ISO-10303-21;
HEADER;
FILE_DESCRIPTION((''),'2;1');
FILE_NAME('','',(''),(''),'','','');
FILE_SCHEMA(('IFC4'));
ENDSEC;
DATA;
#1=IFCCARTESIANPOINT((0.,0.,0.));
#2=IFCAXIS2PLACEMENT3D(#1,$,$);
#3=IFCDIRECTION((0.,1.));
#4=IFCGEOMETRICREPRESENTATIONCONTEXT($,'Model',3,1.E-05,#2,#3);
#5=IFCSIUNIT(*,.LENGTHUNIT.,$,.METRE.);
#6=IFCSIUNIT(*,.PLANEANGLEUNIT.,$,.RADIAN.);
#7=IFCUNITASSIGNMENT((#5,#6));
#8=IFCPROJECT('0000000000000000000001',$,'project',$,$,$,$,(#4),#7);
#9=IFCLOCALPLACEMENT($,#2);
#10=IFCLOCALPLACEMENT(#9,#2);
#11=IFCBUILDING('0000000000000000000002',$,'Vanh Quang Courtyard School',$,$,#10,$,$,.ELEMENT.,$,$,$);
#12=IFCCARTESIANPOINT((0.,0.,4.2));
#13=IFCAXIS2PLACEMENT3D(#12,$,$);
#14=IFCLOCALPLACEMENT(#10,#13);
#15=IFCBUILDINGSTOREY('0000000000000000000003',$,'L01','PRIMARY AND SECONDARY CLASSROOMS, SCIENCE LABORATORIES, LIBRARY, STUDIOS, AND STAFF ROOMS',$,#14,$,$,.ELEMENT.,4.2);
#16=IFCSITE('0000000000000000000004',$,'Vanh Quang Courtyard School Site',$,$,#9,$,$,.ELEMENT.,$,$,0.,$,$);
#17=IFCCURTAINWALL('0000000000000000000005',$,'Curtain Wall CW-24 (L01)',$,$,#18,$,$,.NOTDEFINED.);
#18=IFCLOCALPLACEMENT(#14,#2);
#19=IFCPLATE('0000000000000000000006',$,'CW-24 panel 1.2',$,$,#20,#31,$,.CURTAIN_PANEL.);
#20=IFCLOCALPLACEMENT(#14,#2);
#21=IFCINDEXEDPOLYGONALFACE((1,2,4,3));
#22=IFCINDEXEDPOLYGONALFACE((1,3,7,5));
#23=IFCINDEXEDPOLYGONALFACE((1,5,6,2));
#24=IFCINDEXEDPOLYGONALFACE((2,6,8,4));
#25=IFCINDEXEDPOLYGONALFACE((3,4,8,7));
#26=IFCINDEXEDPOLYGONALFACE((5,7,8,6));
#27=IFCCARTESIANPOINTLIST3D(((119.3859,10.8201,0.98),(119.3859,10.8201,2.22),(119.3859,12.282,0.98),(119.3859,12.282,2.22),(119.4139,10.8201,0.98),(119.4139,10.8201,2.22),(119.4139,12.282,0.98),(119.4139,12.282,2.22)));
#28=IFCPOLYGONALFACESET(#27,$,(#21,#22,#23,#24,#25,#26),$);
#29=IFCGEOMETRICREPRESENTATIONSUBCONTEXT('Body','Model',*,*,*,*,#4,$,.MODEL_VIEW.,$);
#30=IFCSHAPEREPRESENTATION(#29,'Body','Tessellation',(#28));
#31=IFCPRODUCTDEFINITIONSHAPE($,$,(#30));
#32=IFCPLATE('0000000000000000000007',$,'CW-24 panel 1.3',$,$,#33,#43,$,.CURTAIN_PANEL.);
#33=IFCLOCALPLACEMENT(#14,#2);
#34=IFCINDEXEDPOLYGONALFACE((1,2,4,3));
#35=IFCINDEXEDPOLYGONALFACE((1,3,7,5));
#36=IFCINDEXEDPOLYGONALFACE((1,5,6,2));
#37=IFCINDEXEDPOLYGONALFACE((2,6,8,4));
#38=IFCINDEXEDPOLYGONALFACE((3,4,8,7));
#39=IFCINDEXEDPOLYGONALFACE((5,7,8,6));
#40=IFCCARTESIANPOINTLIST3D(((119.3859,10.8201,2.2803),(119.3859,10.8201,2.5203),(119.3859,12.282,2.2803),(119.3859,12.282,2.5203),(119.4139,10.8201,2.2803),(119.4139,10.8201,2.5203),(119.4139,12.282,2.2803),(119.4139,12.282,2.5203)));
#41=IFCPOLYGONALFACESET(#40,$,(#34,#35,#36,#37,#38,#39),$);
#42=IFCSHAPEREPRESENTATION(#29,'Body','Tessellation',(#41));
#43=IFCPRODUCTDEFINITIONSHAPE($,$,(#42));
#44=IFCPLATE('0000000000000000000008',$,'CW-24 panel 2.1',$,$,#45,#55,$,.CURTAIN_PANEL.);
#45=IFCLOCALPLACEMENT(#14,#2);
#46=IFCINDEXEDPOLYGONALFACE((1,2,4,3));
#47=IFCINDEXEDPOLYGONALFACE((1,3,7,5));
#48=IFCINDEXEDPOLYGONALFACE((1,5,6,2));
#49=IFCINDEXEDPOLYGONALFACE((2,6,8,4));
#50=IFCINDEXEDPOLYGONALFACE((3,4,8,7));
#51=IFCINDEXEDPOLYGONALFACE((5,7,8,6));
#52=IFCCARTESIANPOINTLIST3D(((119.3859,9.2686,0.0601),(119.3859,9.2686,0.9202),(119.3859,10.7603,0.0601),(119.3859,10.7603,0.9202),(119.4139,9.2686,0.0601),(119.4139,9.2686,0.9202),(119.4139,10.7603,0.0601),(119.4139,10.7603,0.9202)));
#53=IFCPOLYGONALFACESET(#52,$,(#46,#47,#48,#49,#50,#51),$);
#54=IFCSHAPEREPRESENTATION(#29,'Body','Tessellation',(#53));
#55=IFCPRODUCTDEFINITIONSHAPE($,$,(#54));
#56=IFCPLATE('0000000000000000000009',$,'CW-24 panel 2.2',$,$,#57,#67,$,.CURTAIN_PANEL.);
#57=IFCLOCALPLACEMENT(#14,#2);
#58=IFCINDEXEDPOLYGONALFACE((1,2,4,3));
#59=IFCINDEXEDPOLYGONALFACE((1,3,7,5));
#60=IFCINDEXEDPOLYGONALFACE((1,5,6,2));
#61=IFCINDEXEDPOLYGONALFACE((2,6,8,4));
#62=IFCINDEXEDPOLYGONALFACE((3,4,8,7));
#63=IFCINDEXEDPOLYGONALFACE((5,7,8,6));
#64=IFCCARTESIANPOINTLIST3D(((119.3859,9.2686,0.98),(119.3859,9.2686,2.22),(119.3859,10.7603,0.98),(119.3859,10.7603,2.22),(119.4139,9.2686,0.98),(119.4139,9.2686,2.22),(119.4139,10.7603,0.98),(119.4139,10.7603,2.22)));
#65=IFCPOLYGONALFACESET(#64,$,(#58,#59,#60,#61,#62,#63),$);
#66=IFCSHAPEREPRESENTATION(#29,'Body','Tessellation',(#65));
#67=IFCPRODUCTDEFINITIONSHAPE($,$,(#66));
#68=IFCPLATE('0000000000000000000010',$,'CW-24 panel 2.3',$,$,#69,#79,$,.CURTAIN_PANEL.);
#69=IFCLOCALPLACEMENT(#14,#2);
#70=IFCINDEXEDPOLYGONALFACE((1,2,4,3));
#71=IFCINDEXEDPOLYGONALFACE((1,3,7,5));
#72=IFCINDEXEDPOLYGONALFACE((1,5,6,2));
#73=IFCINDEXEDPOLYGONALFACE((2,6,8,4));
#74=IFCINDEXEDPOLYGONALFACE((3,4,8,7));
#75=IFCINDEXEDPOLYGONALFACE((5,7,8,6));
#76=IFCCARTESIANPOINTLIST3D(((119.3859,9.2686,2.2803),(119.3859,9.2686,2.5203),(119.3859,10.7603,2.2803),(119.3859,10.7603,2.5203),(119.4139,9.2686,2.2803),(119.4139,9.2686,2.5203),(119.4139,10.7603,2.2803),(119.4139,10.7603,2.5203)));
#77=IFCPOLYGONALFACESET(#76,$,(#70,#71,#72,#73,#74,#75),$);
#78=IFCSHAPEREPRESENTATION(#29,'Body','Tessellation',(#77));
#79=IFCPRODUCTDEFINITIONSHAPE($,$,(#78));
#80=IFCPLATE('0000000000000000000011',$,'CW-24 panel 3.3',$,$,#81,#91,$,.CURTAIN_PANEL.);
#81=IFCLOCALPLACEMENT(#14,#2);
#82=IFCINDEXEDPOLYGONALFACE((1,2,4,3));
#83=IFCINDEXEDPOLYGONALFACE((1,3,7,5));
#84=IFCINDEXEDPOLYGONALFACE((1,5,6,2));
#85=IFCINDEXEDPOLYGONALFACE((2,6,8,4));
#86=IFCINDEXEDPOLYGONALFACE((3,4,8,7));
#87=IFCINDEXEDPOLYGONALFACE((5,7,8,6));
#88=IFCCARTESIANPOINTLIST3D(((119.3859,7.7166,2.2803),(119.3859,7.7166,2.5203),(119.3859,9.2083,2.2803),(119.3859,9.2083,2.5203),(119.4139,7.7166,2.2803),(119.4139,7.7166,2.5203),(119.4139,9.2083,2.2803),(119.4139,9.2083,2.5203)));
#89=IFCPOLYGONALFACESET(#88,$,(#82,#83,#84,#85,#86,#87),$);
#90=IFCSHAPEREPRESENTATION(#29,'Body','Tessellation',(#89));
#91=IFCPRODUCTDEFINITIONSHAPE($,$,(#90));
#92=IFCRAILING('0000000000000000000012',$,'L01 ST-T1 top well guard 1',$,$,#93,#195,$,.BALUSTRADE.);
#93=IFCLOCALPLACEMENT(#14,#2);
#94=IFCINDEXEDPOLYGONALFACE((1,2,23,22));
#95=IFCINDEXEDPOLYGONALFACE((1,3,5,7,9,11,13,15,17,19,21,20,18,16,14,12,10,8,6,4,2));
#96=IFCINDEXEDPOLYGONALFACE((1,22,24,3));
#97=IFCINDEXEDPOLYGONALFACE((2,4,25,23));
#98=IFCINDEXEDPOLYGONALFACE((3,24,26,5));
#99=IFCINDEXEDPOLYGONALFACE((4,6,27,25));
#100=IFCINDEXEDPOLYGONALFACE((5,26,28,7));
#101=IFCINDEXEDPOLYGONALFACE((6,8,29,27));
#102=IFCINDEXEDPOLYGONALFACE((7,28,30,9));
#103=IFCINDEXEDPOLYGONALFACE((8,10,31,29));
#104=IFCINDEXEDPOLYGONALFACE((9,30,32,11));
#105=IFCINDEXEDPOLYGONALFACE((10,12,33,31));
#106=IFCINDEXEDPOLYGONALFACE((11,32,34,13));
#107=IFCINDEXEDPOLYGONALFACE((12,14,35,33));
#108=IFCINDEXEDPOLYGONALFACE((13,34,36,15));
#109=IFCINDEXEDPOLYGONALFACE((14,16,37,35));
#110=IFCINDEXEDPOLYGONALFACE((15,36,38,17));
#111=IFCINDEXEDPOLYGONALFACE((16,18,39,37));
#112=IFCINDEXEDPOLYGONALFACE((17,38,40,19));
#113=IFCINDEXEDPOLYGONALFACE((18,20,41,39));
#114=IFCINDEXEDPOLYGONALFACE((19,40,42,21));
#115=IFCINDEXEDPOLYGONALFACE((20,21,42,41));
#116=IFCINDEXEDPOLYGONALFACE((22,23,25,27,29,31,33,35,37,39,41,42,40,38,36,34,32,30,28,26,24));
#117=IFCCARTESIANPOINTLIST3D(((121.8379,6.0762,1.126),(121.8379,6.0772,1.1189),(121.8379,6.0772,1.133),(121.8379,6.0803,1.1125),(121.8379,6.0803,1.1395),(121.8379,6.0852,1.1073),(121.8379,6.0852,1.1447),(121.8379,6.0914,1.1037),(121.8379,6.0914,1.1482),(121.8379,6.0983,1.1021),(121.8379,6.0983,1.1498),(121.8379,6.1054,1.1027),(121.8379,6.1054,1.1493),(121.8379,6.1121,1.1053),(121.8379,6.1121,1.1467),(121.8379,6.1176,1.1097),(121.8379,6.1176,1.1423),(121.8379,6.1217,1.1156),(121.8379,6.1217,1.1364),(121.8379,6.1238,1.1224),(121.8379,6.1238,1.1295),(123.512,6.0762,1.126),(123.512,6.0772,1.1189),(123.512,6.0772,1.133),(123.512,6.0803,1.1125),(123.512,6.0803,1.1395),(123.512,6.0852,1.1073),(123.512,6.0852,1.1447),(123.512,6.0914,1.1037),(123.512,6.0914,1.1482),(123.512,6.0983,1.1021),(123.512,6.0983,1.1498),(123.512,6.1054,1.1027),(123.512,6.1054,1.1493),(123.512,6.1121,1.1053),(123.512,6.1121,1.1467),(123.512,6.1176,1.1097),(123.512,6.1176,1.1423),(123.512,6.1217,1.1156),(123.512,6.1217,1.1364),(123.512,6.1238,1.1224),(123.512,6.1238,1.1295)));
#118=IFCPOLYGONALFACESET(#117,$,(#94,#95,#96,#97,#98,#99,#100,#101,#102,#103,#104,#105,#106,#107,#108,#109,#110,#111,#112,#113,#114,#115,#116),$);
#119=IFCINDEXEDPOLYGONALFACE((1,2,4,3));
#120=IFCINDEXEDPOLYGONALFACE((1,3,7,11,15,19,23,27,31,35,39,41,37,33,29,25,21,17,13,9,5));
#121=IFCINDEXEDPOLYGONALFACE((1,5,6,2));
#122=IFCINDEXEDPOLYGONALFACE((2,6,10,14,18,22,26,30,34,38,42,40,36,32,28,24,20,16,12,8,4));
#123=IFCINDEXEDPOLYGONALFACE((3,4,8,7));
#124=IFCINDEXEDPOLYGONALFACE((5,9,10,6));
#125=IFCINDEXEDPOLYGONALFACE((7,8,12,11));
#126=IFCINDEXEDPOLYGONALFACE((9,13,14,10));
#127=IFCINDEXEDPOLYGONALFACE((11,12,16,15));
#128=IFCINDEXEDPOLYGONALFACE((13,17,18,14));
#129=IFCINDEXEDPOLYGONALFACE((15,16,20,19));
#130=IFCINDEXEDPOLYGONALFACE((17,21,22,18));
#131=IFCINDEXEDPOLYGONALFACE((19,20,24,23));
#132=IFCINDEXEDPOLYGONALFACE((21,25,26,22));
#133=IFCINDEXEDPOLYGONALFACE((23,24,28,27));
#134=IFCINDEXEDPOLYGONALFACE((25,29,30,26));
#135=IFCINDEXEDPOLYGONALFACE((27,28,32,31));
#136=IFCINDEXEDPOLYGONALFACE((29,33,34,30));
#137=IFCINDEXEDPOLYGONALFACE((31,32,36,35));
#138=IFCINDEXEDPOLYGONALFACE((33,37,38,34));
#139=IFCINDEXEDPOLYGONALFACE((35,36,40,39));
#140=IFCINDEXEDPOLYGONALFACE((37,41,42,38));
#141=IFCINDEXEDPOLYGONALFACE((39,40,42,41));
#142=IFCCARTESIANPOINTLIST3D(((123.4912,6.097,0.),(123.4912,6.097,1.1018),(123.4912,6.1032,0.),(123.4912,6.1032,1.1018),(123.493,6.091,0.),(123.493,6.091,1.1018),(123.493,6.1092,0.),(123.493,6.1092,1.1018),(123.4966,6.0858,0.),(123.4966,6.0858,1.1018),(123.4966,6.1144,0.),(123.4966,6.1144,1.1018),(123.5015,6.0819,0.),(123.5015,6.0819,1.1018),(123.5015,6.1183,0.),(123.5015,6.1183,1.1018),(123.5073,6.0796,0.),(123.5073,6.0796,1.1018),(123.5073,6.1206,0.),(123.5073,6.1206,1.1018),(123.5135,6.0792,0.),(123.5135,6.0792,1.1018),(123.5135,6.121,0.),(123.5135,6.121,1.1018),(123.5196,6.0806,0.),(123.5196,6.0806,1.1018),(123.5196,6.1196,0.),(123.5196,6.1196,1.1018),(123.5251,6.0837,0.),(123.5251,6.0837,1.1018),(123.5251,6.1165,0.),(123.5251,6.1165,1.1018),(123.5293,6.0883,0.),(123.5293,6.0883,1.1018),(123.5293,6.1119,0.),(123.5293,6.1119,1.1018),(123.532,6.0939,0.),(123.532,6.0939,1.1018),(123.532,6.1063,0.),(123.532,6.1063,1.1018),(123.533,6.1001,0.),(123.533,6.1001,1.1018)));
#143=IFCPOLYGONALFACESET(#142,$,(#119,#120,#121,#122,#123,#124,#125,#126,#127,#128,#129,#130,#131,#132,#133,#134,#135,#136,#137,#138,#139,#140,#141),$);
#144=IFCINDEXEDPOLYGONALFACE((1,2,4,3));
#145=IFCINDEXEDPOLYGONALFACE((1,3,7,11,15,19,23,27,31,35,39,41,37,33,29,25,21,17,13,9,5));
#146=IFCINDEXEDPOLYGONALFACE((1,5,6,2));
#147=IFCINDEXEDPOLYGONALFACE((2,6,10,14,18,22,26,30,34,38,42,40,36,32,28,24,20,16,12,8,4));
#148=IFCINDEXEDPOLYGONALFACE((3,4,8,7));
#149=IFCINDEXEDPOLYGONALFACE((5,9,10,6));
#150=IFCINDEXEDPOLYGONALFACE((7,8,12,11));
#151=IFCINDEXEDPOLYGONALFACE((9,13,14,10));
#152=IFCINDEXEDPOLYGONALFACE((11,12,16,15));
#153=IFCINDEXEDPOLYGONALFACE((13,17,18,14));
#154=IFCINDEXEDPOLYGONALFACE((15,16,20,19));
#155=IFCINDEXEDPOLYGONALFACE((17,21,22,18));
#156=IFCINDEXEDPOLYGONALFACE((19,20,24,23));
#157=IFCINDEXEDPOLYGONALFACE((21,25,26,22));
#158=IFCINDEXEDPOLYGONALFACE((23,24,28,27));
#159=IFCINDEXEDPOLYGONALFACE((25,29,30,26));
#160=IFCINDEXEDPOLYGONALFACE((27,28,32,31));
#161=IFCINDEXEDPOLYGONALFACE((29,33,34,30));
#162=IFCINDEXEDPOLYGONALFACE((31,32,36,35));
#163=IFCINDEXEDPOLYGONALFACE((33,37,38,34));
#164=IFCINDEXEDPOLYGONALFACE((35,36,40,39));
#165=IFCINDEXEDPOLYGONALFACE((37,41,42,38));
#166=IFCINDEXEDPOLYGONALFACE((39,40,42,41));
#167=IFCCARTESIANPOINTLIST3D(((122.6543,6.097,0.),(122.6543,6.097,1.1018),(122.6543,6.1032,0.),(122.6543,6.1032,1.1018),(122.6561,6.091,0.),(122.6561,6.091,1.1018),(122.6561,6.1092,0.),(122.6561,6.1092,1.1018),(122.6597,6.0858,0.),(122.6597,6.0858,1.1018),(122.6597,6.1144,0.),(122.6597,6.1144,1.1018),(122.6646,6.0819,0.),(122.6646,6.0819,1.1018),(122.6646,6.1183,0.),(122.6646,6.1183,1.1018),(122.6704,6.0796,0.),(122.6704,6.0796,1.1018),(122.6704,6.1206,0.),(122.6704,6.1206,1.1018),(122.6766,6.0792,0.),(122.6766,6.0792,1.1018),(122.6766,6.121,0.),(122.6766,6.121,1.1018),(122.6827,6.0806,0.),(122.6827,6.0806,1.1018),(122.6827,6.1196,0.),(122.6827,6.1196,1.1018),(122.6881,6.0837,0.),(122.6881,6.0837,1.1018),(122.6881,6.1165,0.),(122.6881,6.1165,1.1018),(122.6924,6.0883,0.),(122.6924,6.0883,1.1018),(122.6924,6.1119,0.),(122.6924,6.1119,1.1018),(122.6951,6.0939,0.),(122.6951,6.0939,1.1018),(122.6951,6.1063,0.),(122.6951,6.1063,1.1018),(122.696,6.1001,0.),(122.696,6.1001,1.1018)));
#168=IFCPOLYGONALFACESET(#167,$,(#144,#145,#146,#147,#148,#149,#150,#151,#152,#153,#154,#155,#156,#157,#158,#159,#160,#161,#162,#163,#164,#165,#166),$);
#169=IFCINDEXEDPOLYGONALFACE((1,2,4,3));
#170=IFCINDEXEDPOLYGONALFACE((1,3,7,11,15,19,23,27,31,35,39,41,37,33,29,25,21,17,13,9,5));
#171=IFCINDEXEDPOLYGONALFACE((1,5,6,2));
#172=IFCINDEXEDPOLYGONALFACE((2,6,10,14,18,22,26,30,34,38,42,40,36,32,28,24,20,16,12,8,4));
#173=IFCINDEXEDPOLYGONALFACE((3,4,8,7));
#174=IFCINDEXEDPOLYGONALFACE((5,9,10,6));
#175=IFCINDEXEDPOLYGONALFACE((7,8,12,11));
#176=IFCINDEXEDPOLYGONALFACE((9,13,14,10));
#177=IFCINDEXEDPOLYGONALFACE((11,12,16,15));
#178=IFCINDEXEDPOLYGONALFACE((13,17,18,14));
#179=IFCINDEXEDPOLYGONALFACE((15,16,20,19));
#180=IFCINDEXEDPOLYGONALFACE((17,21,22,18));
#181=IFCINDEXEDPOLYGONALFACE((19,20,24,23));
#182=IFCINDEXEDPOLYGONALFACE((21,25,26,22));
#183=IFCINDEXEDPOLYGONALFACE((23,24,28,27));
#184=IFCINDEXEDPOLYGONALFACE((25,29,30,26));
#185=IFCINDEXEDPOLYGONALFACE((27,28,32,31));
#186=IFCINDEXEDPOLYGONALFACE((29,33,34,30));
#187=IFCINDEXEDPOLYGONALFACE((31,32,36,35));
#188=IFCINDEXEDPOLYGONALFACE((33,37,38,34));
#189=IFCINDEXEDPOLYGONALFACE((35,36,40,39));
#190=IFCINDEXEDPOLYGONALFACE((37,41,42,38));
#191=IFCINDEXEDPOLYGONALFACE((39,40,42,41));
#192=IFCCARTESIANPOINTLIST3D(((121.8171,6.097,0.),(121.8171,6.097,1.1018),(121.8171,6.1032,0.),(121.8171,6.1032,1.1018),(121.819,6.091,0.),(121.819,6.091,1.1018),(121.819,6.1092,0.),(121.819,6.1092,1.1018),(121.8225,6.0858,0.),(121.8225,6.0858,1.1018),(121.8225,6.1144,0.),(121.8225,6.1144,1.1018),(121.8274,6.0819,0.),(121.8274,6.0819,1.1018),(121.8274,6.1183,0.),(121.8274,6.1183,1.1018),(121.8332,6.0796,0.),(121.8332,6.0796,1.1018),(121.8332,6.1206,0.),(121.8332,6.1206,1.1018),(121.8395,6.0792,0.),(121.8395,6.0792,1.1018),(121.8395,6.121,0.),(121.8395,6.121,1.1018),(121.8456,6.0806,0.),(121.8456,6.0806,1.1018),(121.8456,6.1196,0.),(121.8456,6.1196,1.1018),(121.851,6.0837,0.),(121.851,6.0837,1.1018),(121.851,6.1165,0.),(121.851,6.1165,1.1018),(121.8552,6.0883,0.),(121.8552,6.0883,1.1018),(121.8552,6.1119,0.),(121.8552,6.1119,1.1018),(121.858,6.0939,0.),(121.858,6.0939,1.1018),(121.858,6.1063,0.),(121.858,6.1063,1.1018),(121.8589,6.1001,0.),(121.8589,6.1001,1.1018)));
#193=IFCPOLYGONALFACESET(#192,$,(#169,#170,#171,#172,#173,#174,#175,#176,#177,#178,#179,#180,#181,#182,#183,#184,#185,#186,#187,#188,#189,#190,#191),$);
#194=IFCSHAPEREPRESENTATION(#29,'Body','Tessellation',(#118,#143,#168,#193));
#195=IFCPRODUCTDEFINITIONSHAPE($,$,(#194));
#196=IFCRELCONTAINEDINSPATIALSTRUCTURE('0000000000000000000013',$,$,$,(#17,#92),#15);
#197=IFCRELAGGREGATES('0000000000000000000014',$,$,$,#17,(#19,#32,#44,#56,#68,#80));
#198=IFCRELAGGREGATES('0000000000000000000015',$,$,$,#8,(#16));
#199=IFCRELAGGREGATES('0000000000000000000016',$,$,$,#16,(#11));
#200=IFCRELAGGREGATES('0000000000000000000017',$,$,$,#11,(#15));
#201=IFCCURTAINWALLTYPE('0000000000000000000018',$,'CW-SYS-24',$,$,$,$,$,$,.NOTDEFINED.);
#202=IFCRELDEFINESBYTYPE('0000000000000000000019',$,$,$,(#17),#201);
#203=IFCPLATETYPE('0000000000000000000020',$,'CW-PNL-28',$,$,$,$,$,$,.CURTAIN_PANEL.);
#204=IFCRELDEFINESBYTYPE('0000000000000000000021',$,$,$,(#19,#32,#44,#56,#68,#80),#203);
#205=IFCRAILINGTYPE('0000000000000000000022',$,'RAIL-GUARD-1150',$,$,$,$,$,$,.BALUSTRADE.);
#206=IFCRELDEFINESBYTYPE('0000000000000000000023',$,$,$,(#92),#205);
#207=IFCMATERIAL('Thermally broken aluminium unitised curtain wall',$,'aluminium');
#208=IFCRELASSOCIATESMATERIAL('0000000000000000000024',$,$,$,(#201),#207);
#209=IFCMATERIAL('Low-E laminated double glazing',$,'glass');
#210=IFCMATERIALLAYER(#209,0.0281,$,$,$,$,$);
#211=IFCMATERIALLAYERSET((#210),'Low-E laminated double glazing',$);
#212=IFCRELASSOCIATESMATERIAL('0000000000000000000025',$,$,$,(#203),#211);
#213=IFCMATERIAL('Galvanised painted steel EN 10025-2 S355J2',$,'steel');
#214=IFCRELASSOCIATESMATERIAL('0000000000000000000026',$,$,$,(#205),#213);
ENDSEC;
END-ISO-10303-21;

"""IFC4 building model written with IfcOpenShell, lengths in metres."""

from ifc_helpers import new_model, si_unit, direction, frame, origin, origin_2d, place, context, subcontext, project, spatial, rectangle, circle, extrude, material, layer, layer_set, type_object, element, aggregate, save


model = new_model("IFC4")

# Units and contexts
model_context = context("Model", 3, precision=1e-05, world=origin(), true_north=direction((0.0, 1.0)))
body_context = subcontext(model_context, "Body", "Model", "MODEL_VIEW")
ifc_project = project(units=[si_unit("LENGTHUNIT", "METRE"), si_unit("PLANEANGLEUNIT", "RADIAN")], contexts=[model_context])

# Site, building, storey
site_placement = place(None, origin())
site = spatial("IfcSite", under=ifc_project, at=site_placement, Name="Vanh Quang Courtyard School Site", CompositionType="ELEMENT", RefElevation=0.0)
building_placement = place(site_placement, origin())
building = spatial("IfcBuilding", under=site, at=building_placement, Name="Vanh Quang Courtyard School", CompositionType="ELEMENT")
storey_placement = place(building_placement, frame((0.0, 0.0, 4.2)))
storey = spatial("IfcBuildingStorey", under=building, at=storey_placement, Name="L01", Description="PRIMARY AND SECONDARY CLASSROOMS, SCIENCE LABORATORIES, LIBRARY, STUDIOS, AND STAFF ROOMS", CompositionType="ELEMENT", Elevation=4.2)

# Curtain wall, plates
ifc_material_1 = material(Name="Thermally broken aluminium unitised curtain wall", Category="aluminium")
curtain_wall_type = type_object("IfcCurtainWallType", Name="CW-SYS-24", PredefinedType="NOTDEFINED", material=ifc_material_1)
curtain_wall_placement = place(storey_placement, origin())
curtain_wall = element("IfcCurtainWall", 1, at=curtain_wall_placement, inside=storey, type_object=curtain_wall_type, Name="Curtain Wall CW-24 (L01)", PredefinedType="NOTDEFINED")
ifc_material_2 = material(Name="Low-E laminated double glazing", Category="glass")
ifc_layer = layer(ifc_material_2, 0.0281)
ifc_layer_set = layer_set([ifc_layer], Name="Low-E laminated double glazing")
plate_type = type_object("IfcPlateType", Name="CW-PNL-28", PredefinedType="CURTAIN_PANEL", material=ifc_layer_set)
plate_1_placement = place(storey_placement, frame((119.3999, 11.551, 0.98), z_axis=(0.0, 0.0, 1.0), x_axis=(0.0, -1.0, 0.0)))
plate_1 = element("IfcPlate", 2, at=plate_1_placement, type_object=plate_type, Name="CW-24 panel 1.2", PredefinedType="CURTAIN_PANEL", context=body_context, shape_type="SweptSolid", body=[
    extrude(rectangle(XDim=1.4619, YDim=0.0281, at=origin_2d()), origin(), (0.0, 0.0, 1.0), 1.24),
])
plate_2_placement = place(storey_placement, frame((119.3999, 11.551, 2.2803), z_axis=(0.0, 0.0, 1.0), x_axis=(0.0, -1.0, 0.0)))
plate_2 = element("IfcPlate", 3, at=plate_2_placement, type_object=plate_type, Name="CW-24 panel 1.3", PredefinedType="CURTAIN_PANEL", context=body_context, shape_type="SweptSolid", body=[
    extrude(rectangle(XDim=1.4619, YDim=0.0281, at=origin_2d()), origin(), (0.0, 0.0, 1.0), 0.24),
])
plate_3_placement = place(storey_placement, frame((119.3999, 10.0144, 0.0601), z_axis=(0.0, 0.0, 1.0), x_axis=(0.0, -1.0, 0.0)))
plate_3 = element("IfcPlate", 4, at=plate_3_placement, type_object=plate_type, Name="CW-24 panel 2.1", PredefinedType="CURTAIN_PANEL", context=body_context, shape_type="SweptSolid", body=[
    extrude(rectangle(XDim=1.4917, YDim=0.0281, at=origin_2d()), origin(), (0.0, 0.0, 1.0), 0.8601),
])
plate_4_placement = place(storey_placement, frame((119.3999, 10.0144, 0.98), z_axis=(0.0, 0.0, 1.0), x_axis=(0.0, -1.0, 0.0)))
plate_4 = element("IfcPlate", 5, at=plate_4_placement, type_object=plate_type, Name="CW-24 panel 2.2", PredefinedType="CURTAIN_PANEL", context=body_context, shape_type="SweptSolid", body=[
    extrude(rectangle(XDim=1.4917, YDim=0.0281, at=origin_2d()), origin(), (0.0, 0.0, 1.0), 1.24),
])
plate_5_placement = place(storey_placement, frame((119.3999, 10.0144, 2.2803), z_axis=(0.0, 0.0, 1.0), x_axis=(0.0, -1.0, 0.0)))
plate_5 = element("IfcPlate", 6, at=plate_5_placement, type_object=plate_type, Name="CW-24 panel 2.3", PredefinedType="CURTAIN_PANEL", context=body_context, shape_type="SweptSolid", body=[
    extrude(rectangle(XDim=1.4917, YDim=0.0281, at=origin_2d()), origin(), (0.0, 0.0, 1.0), 0.24),
])
plate_6_placement = place(storey_placement, frame((119.3999, 8.4624, 2.2803), z_axis=(0.0, 0.0, 1.0), x_axis=(0.0, -1.0, 0.0)))
plate_6 = element("IfcPlate", 7, at=plate_6_placement, type_object=plate_type, Name="CW-24 panel 3.3", PredefinedType="CURTAIN_PANEL", context=body_context, shape_type="SweptSolid", body=[
    extrude(rectangle(XDim=1.4917, YDim=0.0281, at=origin_2d()), origin(), (0.0, 0.0, 1.0), 0.24),
])
aggregate(curtain_wall, [plate_1, plate_2, plate_3, plate_4, plate_5, plate_6])

# Railing
ifc_material_3 = material(Name="Galvanised painted steel EN 10025-2 S355J2", Category="steel")
railing_type = type_object("IfcRailingType", Name="RAIL-GUARD-1150", PredefinedType="BALUSTRADE", material=ifc_material_3)
railing_1_placement = place(storey_placement, frame((123.512, 6.1001, 0.0)))
element("IfcRailing", 8, at=railing_1_placement, inside=storey, type_object=railing_type, Name="L01 ST-T1 top well guard 1", PredefinedType="BALUSTRADE", context=body_context, shape_type="SweptSolid", body=[
    extrude(circle(Radius=0.0239, at=origin_2d()), frame((0.0, 0.0, 1.126), z_axis=(-1.0, 0.0, 0.0), x_axis=(0.0, -1.0, 0.0)), (0.0, 0.0, 1.0), 1.6741),
    extrude(circle(Radius=0.021, at=origin_2d()), origin(), (0.0, 0.0, 1.0), 1.1018),
    extrude(circle(Radius=0.021, at=origin_2d()), frame((-0.8369, 0.0, 0.0)), (0.0, 0.0, 1.0), 1.1018),
    extrude(circle(Radius=0.021, at=origin_2d()), frame((-1.6741, 0.0, 0.0)), (0.0, 0.0, 1.0), 1.1018),
])

save(model, "model.ifc")
